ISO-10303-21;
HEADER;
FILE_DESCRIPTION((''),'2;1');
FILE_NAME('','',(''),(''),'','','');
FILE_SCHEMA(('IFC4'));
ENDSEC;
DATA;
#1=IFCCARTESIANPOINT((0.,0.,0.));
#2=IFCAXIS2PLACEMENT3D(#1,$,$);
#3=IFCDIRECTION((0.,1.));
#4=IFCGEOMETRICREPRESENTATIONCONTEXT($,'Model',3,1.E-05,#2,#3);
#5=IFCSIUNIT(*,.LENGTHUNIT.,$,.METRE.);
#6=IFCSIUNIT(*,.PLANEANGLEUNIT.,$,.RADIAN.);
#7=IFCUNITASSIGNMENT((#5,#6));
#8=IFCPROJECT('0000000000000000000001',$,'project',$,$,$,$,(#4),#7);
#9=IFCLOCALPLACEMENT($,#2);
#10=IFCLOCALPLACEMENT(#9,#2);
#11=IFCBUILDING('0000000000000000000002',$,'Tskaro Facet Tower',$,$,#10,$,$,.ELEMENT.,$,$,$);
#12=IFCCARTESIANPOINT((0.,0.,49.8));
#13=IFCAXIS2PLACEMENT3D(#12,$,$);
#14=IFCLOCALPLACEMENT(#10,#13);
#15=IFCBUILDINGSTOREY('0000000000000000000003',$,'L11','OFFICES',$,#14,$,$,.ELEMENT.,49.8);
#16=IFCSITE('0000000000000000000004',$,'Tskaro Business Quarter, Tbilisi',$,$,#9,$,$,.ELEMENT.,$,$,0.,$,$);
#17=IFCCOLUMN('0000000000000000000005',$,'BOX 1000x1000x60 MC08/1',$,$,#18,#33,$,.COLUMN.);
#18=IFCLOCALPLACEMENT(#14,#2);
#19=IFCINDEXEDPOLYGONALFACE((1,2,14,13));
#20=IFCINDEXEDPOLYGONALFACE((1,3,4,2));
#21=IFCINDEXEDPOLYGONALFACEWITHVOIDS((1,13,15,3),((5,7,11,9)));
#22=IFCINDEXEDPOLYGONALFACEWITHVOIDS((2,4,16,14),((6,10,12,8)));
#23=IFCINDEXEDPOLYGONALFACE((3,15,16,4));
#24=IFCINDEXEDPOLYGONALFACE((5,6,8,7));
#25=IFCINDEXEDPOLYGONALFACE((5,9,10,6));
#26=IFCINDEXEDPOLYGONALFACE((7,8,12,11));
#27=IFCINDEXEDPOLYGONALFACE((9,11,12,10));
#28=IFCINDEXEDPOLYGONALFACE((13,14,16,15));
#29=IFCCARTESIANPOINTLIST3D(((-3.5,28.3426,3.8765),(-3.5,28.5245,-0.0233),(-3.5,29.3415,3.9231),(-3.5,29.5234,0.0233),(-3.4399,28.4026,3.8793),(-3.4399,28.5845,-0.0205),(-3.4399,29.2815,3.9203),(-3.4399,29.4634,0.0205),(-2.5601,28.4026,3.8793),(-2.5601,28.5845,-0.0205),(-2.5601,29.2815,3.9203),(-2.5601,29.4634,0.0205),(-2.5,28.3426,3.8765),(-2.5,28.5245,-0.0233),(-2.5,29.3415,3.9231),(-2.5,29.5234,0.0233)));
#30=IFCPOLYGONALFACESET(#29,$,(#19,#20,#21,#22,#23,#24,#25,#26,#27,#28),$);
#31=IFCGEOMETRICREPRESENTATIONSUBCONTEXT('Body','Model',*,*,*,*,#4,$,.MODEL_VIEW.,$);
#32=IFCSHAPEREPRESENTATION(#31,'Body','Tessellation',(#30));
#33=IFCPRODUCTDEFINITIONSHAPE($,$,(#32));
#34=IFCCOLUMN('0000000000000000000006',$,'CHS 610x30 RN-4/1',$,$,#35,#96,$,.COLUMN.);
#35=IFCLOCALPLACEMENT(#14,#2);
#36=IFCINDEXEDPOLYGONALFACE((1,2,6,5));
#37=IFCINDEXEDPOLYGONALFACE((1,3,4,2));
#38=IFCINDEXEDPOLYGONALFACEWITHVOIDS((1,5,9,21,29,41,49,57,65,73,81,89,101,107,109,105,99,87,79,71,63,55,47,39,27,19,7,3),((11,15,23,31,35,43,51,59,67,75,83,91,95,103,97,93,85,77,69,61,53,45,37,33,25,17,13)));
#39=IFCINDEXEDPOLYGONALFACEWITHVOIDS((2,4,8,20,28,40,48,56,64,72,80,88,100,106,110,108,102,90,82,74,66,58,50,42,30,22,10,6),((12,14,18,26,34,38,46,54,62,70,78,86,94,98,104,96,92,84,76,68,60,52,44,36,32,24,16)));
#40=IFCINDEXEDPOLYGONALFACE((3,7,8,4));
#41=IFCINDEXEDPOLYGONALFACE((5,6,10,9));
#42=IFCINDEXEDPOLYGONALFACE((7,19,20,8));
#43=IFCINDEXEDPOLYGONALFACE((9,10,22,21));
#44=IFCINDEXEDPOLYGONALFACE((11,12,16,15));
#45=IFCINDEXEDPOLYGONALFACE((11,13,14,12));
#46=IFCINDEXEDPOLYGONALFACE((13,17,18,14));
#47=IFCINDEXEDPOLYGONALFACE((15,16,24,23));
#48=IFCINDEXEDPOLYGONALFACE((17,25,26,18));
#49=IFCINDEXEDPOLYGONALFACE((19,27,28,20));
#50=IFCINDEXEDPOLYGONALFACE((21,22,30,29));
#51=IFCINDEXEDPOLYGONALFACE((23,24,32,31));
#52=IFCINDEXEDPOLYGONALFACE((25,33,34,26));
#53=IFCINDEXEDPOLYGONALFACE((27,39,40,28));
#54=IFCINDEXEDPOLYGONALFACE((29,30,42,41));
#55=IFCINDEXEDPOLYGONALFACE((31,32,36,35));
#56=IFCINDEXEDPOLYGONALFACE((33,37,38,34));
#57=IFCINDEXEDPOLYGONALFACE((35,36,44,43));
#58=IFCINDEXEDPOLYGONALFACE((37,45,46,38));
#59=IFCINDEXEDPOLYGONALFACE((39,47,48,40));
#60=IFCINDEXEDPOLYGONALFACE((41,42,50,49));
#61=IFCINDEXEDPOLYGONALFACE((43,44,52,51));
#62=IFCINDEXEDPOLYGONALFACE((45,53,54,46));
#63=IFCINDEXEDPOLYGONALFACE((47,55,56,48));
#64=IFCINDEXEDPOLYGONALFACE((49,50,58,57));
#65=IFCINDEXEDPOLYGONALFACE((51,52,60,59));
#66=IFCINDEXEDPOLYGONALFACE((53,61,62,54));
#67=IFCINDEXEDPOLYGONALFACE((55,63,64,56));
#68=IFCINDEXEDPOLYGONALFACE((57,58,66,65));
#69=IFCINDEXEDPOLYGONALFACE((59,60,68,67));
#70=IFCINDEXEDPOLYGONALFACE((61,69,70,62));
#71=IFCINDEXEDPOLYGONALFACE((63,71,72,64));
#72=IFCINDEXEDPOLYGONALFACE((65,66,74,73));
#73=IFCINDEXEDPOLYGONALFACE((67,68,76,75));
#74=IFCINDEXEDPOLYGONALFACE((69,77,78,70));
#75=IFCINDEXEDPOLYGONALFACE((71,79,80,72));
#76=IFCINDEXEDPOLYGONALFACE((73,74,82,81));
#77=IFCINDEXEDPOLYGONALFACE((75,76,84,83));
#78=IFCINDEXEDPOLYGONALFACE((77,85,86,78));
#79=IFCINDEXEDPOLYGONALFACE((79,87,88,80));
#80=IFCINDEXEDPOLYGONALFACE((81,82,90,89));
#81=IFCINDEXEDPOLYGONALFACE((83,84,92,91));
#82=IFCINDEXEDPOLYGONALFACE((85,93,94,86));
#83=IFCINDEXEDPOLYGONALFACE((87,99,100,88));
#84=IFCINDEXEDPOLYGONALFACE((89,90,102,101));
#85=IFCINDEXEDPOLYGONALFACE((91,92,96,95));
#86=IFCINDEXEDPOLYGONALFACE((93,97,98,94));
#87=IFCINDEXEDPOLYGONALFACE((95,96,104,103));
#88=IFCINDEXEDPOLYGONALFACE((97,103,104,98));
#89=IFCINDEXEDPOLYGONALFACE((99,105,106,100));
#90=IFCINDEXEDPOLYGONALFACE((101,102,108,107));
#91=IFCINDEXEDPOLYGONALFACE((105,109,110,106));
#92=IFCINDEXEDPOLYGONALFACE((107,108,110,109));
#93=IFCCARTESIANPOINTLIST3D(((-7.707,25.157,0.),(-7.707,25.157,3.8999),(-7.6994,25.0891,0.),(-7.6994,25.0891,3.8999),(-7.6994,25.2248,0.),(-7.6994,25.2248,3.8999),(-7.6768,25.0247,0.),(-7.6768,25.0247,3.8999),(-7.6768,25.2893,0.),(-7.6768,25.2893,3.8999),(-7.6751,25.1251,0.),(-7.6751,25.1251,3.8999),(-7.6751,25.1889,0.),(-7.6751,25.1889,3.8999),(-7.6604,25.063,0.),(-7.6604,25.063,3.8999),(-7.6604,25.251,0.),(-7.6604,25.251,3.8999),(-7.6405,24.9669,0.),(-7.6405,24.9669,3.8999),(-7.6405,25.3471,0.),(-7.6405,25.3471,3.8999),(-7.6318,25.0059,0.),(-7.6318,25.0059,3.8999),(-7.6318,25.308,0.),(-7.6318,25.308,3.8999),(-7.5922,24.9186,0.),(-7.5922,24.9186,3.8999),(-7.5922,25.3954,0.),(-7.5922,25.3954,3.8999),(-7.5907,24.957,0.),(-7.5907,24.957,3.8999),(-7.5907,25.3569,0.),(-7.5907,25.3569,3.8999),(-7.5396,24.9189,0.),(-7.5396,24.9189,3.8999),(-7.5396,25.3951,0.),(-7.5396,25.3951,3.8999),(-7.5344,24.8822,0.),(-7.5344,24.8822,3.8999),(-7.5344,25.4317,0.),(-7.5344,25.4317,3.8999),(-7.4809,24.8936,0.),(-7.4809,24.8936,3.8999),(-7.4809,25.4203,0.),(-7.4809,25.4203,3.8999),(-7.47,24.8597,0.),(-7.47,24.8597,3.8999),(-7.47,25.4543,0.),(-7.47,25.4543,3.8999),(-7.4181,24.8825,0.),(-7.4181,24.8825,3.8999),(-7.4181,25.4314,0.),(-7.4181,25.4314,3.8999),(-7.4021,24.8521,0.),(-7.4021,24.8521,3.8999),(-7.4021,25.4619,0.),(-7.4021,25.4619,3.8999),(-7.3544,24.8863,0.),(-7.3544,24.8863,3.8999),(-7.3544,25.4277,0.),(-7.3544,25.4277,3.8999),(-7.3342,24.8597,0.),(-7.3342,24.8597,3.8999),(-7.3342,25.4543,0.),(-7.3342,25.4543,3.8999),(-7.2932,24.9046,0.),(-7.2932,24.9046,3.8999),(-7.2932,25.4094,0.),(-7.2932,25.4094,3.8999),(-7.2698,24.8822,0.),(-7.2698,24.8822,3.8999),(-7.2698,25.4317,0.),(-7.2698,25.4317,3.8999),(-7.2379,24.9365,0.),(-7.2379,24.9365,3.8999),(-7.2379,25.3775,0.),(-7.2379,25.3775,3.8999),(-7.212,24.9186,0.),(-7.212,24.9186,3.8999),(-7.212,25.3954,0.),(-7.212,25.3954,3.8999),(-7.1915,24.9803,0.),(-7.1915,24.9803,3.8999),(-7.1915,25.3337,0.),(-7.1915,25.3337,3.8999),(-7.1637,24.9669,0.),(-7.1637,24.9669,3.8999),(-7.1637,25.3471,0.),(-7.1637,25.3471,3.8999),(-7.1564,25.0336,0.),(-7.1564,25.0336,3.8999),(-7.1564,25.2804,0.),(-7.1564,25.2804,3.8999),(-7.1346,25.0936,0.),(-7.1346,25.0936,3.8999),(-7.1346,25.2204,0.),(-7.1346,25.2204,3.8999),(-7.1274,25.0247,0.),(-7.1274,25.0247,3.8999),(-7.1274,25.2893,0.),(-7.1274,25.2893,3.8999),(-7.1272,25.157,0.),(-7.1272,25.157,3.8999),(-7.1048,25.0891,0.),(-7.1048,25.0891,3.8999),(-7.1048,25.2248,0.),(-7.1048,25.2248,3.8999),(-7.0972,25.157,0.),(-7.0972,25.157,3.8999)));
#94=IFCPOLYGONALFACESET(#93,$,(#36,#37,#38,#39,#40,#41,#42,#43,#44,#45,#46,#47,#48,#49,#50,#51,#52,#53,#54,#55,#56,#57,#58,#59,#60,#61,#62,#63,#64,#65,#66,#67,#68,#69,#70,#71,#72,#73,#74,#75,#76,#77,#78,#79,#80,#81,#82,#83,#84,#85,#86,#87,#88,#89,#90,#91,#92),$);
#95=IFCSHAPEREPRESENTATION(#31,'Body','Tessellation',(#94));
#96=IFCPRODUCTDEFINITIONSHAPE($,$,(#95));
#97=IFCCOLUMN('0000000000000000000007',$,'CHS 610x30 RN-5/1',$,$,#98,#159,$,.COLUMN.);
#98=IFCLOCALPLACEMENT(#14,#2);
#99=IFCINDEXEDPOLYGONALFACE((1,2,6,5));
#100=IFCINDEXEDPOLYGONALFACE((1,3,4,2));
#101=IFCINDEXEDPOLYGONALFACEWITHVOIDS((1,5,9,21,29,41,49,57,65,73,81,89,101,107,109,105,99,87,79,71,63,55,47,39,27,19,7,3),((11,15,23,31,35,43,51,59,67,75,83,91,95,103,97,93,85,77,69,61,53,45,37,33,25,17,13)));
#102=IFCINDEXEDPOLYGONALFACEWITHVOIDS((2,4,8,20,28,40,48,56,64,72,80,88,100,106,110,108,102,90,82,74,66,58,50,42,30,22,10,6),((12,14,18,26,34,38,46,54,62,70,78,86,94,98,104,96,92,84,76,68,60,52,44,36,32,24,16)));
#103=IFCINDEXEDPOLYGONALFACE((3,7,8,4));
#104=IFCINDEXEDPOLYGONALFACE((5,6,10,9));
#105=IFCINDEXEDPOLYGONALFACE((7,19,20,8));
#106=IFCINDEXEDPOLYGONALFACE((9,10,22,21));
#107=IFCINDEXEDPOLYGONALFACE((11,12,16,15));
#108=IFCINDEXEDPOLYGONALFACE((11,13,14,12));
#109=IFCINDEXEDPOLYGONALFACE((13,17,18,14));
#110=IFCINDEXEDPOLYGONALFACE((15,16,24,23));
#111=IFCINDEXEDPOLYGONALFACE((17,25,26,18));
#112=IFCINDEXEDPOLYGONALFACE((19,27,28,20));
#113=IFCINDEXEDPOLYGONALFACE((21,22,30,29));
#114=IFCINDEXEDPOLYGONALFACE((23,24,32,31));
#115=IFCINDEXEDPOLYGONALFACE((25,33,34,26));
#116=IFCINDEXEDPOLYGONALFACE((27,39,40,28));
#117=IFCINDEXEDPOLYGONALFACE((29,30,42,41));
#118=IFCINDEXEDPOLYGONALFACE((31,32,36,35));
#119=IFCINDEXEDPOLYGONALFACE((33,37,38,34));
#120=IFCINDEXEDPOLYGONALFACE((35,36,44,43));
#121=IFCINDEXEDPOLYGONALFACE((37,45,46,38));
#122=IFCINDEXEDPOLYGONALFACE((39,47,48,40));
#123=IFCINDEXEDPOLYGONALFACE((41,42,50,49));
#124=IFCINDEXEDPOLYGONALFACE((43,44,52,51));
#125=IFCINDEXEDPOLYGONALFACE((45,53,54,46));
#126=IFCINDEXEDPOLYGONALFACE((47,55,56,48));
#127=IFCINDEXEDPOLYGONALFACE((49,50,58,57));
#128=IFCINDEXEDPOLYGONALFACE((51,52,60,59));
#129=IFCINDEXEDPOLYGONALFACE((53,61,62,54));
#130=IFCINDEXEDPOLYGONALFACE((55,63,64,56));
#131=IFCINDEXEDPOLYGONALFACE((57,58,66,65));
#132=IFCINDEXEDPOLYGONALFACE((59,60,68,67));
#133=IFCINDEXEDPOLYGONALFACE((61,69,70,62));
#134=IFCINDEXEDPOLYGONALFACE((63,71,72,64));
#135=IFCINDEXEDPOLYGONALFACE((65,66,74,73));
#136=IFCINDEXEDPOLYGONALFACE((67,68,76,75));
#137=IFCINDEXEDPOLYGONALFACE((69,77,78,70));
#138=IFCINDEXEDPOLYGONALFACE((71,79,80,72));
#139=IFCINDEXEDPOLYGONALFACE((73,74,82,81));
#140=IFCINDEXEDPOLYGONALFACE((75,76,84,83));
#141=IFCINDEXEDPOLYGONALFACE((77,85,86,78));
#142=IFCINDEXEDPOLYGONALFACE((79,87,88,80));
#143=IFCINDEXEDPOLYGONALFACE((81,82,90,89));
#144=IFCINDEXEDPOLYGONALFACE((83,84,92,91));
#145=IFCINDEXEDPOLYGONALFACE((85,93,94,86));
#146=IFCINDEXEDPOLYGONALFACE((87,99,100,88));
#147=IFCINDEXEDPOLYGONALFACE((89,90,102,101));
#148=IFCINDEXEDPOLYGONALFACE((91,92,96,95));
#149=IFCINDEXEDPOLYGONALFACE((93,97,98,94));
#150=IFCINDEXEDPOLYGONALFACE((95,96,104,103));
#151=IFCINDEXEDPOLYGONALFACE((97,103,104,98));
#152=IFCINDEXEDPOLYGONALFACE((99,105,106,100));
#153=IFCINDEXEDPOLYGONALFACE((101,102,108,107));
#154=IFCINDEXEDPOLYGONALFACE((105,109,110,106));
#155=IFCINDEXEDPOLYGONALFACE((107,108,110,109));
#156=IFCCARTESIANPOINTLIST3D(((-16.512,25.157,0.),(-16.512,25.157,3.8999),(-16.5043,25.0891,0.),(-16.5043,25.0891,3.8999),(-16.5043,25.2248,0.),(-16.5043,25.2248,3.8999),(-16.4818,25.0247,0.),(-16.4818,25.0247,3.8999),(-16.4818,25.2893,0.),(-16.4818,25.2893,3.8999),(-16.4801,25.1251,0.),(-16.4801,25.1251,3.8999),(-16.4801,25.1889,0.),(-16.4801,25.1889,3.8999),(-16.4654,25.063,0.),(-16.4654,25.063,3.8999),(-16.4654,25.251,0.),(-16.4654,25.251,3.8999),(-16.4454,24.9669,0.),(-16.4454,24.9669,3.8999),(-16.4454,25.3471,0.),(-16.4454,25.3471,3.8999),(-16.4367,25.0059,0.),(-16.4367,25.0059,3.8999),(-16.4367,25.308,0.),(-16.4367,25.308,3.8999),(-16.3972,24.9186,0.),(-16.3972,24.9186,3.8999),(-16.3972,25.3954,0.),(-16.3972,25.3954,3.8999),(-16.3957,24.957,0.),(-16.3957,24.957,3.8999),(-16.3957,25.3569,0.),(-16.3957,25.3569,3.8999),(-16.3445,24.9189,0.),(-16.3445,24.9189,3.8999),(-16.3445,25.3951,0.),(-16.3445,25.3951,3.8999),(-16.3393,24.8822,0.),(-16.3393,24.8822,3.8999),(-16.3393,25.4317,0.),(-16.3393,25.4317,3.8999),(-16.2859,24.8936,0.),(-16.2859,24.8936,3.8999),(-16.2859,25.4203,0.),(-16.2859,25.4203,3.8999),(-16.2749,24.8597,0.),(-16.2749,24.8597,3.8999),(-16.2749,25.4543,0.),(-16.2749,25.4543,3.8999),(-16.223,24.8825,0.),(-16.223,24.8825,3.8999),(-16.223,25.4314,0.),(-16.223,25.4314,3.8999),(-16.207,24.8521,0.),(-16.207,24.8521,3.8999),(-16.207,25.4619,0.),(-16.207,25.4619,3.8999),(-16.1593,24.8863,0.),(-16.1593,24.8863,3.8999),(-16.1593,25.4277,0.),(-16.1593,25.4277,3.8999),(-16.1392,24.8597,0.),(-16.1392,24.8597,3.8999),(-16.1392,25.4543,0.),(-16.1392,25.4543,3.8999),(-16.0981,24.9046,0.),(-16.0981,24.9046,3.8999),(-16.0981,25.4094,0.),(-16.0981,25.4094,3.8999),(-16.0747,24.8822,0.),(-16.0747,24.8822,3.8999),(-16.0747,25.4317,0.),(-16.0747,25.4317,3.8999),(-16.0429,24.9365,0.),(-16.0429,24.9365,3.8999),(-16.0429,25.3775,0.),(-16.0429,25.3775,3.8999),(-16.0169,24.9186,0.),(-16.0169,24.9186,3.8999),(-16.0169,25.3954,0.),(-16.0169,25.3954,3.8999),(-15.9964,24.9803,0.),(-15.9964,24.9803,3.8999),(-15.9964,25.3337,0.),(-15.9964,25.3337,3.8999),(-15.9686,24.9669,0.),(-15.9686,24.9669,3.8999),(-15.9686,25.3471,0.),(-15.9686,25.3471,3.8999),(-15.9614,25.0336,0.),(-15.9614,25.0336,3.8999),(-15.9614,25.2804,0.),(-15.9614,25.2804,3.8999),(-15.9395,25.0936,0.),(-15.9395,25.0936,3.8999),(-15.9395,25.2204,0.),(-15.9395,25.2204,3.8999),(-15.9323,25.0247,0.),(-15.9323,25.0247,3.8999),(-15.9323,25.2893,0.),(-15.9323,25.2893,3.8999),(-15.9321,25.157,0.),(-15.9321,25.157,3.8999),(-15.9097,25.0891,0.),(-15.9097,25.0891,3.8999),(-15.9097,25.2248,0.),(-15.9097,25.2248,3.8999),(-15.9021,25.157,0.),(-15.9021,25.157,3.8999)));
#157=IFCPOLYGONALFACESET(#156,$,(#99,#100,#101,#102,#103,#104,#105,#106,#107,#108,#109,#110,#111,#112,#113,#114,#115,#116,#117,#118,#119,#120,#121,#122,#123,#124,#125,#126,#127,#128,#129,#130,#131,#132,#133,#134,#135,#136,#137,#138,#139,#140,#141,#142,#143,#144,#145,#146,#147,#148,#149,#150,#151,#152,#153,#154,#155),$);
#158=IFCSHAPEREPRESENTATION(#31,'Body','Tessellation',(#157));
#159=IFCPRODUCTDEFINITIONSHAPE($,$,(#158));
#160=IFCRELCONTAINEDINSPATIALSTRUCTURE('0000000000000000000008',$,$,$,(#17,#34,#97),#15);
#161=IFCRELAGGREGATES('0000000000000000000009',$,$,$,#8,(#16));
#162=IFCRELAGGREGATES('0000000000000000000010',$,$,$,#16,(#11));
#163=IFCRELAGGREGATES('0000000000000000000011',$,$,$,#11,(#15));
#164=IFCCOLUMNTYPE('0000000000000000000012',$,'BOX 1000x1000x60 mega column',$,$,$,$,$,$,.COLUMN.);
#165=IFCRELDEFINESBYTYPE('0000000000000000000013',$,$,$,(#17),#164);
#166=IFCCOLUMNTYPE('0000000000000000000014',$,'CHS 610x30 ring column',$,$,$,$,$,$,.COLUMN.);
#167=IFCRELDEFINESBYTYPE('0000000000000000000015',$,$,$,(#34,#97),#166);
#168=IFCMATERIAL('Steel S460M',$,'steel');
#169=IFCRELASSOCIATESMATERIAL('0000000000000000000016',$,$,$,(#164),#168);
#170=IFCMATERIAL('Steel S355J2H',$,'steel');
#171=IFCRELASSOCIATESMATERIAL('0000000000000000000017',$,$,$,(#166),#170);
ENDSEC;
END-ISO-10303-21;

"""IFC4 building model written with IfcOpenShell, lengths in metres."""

from ifc_helpers import new_model, si_unit, direction, frame, origin, origin_2d, place, context, subcontext, project, spatial, hollow_rectangle, hollow_circle, extrude, material, material_profile, profile_set, type_object, element, save


model = new_model("IFC4")

# Units and contexts
model_context = context("Model", 3, precision=1e-05, world=origin(), true_north=direction((0.0, 1.0)))
body_context = subcontext(model_context, "Body", "Model", "MODEL_VIEW")
ifc_project = project(units=[si_unit("LENGTHUNIT", "METRE"), si_unit("PLANEANGLEUNIT", "RADIAN")], contexts=[model_context])

# Site, building, storey
site_placement = place(None, origin())
site = spatial("IfcSite", under=ifc_project, at=site_placement, Name="Tskaro Business Quarter, Tbilisi", CompositionType="ELEMENT", RefElevation=0.0)
building_placement = place(site_placement, origin())
building = spatial("IfcBuilding", under=site, at=building_placement, Name="Tskaro Facet Tower", CompositionType="ELEMENT")
storey_placement = place(building_placement, frame((0.0, 0.0, 49.8)))
storey = spatial("IfcBuildingStorey", under=building, at=storey_placement, Name="L11", Description="OFFICES", CompositionType="ELEMENT", Elevation=49.8)

# Columns
ifc_material_1 = material(Name="Steel S460M", Category="steel")
ifc_material_profile_1 = material_profile(ifc_material_1, hollow_rectangle(XDim=1.0, YDim=1.0, WallThickness=0.0601, at=origin_2d()), Name="BOX 1000x1000x60")
ifc_profile_set_1 = profile_set([ifc_material_profile_1], Name="Steel S460M")
column_type_1 = type_object("IfcColumnType", Name="BOX 1000x1000x60 mega column", PredefinedType="COLUMN", material=ifc_profile_set_1)
column_placement = place(storey_placement, frame((-3.0, 29.0239, 0.0), z_axis=(0.0, -0.046588, 0.998914), x_axis=(1.0, 0.0, 0.0)))
element("IfcColumn", 1, at=column_placement, inside=storey, type_object=column_type_1, Name="BOX 1000x1000x60 MC08/1", PredefinedType="COLUMN", context=body_context, shape_type="SweptSolid", body=[
    extrude(hollow_rectangle(XDim=1.0, YDim=1.0, WallThickness=0.0601, at=origin_2d()), origin(), (0.0, 0.0, 1.0), 3.9041),
])
ifc_material_2 = material(Name="Steel S355J2H", Category="steel")
ifc_material_profile_2 = material_profile(ifc_material_2, hollow_circle(Radius=0.3049, WallThickness=0.03, at=origin_2d()), Name="CHS 610x30")
ifc_profile_set_2 = profile_set([ifc_material_profile_2], Name="Steel S355J2H")
column_type_2 = type_object("IfcColumnType", Name="CHS 610x30 ring column", PredefinedType="COLUMN", material=ifc_profile_set_2)
for number, where, z_axis, x_axis, name in (
    (2, (-7.4021, 25.157, 0.0), (0.0, 0.0, 1.0), (1.0, 0.0, 0.0), "CHS 610x30 RN-4/1"),
    (3, (-16.207, 25.157, 0.0), (0.0, 0.0, 1.0), (1.0, 0.0, 0.0), "CHS 610x30 RN-5/1"),
):
    element("IfcColumn", number, at=place(storey_placement, frame(where, z_axis=z_axis, x_axis=x_axis)), inside=storey, type_object=column_type_2, Name=name, PredefinedType="COLUMN", context=body_context, shape_type="SweptSolid", body=[
        extrude(hollow_circle(Radius=0.3049, WallThickness=0.03, at=origin_2d()), origin(), (0.0, 0.0, 1.0), 3.8999),
    ])

save(model, "model.ifc")
